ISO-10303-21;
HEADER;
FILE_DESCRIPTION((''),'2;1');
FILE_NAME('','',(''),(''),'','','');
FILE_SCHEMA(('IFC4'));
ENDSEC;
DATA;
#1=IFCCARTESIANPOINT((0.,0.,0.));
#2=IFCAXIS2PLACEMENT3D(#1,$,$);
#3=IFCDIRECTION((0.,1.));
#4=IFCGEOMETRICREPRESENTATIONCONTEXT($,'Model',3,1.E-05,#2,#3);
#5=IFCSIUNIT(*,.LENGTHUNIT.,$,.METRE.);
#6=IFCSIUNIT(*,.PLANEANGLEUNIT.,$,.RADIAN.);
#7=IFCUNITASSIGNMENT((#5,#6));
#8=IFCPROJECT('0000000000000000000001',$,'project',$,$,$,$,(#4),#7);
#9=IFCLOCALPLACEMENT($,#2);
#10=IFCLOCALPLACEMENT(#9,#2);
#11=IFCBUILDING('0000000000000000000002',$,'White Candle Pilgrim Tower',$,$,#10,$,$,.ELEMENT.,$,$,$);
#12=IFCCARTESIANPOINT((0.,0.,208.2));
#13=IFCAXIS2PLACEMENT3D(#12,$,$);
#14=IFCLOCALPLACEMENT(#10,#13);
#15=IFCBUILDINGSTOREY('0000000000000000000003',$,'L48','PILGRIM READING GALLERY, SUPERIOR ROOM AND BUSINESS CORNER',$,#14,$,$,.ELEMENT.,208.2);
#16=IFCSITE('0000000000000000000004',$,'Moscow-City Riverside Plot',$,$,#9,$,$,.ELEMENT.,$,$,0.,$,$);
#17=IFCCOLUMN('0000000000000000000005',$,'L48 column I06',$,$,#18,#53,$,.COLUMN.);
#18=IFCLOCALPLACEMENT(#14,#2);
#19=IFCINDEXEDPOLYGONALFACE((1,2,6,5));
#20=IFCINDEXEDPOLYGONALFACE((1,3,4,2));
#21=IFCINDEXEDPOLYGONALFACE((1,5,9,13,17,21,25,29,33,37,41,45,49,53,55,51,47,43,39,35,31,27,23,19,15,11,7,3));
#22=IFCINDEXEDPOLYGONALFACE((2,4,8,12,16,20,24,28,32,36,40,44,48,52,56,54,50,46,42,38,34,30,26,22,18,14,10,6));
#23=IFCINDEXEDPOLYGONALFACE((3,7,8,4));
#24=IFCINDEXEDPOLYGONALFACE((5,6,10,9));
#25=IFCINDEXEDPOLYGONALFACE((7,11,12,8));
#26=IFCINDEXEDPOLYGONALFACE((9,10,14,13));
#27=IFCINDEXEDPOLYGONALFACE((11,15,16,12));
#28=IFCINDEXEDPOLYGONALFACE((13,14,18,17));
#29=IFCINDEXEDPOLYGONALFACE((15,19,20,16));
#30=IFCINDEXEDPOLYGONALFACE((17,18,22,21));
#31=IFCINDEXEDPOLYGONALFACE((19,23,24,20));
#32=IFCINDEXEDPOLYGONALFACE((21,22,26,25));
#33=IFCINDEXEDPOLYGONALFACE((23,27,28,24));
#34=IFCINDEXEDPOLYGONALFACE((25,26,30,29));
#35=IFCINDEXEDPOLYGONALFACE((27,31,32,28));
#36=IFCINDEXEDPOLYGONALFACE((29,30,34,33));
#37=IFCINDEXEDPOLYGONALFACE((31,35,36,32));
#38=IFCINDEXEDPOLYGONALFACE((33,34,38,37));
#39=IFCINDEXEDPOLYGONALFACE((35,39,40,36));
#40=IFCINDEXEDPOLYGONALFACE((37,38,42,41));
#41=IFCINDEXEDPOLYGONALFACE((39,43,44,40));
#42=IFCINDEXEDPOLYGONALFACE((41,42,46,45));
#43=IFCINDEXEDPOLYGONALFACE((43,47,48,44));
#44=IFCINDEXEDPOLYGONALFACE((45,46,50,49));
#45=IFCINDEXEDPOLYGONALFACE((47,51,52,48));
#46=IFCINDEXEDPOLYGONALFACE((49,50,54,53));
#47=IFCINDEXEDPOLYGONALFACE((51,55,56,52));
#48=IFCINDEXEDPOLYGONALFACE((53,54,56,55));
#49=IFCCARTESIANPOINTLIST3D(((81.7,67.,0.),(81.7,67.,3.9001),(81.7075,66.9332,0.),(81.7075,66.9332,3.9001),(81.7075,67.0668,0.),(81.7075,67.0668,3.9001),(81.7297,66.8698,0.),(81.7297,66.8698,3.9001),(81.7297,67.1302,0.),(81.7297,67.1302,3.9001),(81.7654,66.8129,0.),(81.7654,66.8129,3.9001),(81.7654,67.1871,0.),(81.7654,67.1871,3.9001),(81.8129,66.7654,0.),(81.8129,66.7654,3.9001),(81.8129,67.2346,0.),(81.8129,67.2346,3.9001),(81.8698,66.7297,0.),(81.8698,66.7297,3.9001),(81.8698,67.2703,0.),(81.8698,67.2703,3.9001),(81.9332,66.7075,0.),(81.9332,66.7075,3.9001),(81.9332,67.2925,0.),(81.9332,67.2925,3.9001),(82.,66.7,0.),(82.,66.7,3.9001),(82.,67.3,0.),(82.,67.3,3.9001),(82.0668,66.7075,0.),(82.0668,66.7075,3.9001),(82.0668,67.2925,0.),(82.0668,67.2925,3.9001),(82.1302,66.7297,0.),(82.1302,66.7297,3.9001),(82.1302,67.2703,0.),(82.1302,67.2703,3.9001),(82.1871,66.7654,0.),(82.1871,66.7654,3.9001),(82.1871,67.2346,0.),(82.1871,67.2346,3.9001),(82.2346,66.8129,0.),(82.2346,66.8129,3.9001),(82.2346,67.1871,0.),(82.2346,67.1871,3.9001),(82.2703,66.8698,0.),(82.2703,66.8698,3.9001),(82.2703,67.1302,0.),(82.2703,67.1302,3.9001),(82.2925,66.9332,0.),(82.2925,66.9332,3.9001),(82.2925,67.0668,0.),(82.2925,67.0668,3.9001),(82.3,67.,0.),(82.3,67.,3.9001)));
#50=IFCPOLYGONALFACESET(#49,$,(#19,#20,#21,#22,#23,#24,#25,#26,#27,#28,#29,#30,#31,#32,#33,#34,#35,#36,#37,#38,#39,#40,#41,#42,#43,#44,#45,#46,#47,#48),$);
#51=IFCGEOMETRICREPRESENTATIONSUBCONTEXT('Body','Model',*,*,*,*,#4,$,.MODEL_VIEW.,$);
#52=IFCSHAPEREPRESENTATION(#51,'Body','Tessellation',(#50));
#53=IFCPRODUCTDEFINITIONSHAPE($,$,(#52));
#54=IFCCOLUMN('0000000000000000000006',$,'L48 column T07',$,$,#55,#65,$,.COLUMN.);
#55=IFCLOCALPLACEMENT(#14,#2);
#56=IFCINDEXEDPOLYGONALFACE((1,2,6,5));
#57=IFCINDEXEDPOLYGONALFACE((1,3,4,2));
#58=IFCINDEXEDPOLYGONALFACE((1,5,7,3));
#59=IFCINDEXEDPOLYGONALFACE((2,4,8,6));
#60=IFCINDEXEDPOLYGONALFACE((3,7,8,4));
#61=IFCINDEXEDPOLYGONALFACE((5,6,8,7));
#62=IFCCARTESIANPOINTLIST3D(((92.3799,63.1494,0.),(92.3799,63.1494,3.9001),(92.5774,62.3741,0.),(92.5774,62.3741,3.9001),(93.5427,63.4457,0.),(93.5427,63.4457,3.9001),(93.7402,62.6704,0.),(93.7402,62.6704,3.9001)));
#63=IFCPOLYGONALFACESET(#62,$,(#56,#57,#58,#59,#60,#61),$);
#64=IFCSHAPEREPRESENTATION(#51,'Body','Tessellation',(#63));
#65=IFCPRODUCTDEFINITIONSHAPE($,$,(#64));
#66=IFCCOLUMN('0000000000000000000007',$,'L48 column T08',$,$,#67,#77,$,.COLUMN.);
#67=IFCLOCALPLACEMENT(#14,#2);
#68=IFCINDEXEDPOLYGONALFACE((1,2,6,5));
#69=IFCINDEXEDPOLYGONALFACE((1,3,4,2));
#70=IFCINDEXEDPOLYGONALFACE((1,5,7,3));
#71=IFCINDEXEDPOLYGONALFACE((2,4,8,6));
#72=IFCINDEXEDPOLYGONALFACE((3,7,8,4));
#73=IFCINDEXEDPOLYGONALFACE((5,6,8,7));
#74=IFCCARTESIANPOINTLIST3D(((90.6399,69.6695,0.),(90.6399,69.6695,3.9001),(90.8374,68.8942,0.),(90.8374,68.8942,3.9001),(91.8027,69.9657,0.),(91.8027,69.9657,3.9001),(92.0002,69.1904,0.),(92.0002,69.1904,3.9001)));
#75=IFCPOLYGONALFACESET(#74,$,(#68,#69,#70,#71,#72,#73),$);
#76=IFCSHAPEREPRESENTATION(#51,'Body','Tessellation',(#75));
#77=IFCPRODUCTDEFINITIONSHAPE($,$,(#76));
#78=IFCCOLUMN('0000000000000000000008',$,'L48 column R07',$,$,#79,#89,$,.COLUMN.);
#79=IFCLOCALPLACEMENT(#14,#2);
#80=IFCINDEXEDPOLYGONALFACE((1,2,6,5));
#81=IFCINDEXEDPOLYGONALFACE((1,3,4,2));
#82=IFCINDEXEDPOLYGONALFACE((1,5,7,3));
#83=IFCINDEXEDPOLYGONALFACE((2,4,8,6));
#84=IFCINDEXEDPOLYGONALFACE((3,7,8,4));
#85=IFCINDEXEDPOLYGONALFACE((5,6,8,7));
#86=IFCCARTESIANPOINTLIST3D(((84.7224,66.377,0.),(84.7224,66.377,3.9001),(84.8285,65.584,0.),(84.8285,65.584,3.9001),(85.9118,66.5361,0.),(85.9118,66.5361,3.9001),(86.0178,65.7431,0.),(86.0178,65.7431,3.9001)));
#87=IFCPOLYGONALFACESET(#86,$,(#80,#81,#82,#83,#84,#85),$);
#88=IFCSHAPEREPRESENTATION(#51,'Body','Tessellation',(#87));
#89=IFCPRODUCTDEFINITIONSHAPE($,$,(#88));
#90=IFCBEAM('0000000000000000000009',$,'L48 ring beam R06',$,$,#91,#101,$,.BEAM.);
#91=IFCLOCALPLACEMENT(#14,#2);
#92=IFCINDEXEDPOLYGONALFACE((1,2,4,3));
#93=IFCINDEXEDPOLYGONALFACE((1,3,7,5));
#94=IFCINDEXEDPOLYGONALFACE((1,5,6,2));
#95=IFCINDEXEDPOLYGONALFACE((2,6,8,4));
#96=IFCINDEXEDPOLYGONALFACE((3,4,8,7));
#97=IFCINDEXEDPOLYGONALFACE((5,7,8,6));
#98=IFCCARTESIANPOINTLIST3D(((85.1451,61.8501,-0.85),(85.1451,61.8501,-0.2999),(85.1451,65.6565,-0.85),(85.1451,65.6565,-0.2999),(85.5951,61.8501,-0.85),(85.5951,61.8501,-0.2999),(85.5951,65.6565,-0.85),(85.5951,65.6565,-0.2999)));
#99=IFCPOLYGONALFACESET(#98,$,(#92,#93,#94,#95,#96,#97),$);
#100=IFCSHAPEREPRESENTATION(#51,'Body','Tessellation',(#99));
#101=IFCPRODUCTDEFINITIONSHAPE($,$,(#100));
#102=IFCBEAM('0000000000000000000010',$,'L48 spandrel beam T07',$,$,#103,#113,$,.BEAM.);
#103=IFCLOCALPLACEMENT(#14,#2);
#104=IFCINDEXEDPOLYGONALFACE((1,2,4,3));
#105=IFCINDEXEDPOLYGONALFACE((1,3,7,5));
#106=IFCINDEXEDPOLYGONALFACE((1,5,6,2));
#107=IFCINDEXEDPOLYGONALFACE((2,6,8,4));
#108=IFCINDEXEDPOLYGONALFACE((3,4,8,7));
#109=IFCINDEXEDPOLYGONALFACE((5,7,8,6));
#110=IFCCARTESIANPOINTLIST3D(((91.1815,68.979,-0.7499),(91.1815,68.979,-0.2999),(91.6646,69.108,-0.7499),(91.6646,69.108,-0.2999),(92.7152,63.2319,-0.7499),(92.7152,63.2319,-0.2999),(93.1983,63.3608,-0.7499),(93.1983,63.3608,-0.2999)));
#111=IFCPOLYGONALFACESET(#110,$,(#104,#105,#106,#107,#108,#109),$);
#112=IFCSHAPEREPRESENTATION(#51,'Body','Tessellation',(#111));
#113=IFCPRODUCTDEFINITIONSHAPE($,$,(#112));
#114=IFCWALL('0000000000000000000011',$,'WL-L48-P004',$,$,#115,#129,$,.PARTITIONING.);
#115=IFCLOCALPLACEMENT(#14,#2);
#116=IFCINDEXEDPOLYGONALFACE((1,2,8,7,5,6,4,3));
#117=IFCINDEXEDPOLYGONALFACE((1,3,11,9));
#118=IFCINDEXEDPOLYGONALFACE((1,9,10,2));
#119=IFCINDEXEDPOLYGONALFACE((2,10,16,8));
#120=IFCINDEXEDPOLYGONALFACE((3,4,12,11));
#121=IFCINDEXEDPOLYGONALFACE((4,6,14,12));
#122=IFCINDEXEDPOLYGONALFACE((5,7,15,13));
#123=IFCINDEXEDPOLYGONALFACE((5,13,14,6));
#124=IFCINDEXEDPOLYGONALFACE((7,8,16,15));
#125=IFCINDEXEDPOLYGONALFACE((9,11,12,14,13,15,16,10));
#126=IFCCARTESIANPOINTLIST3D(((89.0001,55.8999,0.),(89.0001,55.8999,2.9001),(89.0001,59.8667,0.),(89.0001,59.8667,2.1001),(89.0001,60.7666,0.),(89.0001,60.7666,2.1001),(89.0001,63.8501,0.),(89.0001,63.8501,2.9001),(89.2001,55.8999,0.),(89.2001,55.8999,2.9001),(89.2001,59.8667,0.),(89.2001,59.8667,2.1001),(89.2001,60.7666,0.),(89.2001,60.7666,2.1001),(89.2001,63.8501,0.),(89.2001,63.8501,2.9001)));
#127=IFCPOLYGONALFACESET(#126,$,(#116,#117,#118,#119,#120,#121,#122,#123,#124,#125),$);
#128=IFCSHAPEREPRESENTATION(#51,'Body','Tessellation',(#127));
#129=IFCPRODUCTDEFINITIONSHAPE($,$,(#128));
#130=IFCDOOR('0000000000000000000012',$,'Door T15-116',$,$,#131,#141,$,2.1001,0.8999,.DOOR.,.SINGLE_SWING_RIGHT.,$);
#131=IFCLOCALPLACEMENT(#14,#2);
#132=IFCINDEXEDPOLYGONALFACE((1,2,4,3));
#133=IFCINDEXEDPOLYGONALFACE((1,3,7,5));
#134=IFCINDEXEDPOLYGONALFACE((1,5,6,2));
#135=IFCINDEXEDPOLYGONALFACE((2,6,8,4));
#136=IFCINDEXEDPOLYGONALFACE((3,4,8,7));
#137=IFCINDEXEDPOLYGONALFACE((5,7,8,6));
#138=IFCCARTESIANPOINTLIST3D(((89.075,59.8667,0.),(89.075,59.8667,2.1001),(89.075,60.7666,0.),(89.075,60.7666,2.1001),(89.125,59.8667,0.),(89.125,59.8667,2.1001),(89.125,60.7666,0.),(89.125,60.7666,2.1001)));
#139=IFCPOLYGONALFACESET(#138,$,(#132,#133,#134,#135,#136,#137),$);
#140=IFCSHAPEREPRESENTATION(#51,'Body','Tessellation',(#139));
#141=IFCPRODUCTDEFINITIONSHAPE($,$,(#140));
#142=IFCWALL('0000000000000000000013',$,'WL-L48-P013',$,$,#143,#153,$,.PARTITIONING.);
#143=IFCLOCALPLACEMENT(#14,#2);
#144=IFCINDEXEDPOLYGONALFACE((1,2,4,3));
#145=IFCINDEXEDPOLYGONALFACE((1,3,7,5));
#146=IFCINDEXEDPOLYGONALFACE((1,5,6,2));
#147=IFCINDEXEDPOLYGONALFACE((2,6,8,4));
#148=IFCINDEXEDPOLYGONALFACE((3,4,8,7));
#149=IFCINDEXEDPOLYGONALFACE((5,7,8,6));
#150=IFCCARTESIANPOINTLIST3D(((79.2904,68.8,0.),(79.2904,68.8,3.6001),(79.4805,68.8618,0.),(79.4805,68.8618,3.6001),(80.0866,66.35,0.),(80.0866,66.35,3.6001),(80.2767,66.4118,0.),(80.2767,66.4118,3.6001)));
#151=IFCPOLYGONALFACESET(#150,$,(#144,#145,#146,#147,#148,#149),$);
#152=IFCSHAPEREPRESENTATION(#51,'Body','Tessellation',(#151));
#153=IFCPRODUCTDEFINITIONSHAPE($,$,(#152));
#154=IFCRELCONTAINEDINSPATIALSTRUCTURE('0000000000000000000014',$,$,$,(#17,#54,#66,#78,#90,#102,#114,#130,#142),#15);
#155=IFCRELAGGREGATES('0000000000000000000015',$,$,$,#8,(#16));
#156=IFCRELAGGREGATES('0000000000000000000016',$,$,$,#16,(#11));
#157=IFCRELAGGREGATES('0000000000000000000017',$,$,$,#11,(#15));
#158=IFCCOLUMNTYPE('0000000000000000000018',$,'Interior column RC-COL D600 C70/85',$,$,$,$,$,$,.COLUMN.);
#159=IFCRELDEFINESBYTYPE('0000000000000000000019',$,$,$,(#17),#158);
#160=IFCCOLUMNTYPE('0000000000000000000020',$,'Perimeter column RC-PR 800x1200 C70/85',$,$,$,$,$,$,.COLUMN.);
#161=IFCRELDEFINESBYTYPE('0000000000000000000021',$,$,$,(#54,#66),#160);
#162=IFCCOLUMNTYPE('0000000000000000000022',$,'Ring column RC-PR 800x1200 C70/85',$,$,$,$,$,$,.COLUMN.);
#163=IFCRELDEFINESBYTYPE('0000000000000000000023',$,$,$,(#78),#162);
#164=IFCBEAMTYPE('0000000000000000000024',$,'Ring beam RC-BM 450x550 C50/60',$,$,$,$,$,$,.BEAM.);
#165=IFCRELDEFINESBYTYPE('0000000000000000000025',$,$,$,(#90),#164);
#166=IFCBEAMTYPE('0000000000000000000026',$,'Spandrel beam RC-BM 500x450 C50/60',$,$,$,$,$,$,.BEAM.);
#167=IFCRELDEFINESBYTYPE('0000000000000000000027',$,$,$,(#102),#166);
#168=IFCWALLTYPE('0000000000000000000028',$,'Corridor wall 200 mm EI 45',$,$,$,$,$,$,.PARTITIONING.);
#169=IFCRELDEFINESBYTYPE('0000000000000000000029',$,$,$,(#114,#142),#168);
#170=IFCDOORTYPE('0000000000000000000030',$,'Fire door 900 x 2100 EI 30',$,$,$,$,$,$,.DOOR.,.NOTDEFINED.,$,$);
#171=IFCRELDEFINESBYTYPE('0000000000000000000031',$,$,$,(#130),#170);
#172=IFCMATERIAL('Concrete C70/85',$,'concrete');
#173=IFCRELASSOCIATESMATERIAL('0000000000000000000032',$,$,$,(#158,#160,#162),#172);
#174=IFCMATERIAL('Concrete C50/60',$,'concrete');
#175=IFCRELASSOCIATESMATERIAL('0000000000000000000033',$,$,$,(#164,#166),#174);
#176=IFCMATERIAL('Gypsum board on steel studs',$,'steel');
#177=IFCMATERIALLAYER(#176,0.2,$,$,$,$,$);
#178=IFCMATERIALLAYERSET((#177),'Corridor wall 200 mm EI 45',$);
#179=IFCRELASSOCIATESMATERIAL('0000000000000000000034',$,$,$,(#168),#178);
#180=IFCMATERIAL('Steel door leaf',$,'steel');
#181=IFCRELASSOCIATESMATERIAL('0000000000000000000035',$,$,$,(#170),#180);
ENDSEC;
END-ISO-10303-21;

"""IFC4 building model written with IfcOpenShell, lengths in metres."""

from ifc_helpers import new_model, si_unit, direction, frame, frame_2d, origin, origin_2d, place, context, subcontext, project, spatial, rectangle, circle, extrude, material, layer, layer_set, material_profile, profile_set, type_object, element, fill, save


model = new_model("IFC4")

# Units and contexts
model_context = context("Model", 3, precision=1e-05, world=origin(), true_north=direction((0.0, 1.0)))
body_context = subcontext(model_context, "Body", "Model", "MODEL_VIEW")
ifc_project = project(units=[si_unit("LENGTHUNIT", "METRE"), si_unit("PLANEANGLEUNIT", "RADIAN")], contexts=[model_context])

# Site, building, storey
site_placement = place(None, origin())
site = spatial("IfcSite", under=ifc_project, at=site_placement, Name="Moscow-City Riverside Plot", CompositionType="ELEMENT", RefElevation=0.0)
building_placement = place(site_placement, origin())
building = spatial("IfcBuilding", under=site, at=building_placement, Name="White Candle Pilgrim Tower", CompositionType="ELEMENT")
storey_placement = place(building_placement, frame((0.0, 0.0, 208.2)))
storey = spatial("IfcBuildingStorey", under=building, at=storey_placement, Name="L48", Description="PILGRIM READING GALLERY, SUPERIOR ROOM AND BUSINESS CORNER", CompositionType="ELEMENT", Elevation=208.2)

# Columns
ifc_material_1 = material(Name="Concrete C70/85", Category="concrete")
ifc_material_profile_1 = material_profile(ifc_material_1, circle(Radius=0.3, at=origin_2d()), Name="RC-COL D600")
ifc_profile_set_1 = profile_set([ifc_material_profile_1], Name="Concrete C70/85")
column_type_1 = type_object("IfcColumnType", Name="Interior column RC-COL D600 C70/85", PredefinedType="COLUMN", material=ifc_profile_set_1)
column_1_placement = place(storey_placement, frame((82.0, 67.0, 0.0), z_axis=(0.0, 0.0, 1.0), x_axis=(1.0, 0.0, 0.0)))
element("IfcColumn", 1, at=column_1_placement, inside=storey, type_object=column_type_1, Name="L48 column I06", PredefinedType="COLUMN", context=body_context, shape_type="SweptSolid", body=[
    extrude(circle(Radius=0.3, at=origin_2d()), origin(), (0.0, 0.0, 1.0), 3.9001),
])
ifc_material_profile_2 = material_profile(ifc_material_1, rectangle(XDim=0.8, YDim=1.2, at=origin_2d()), Name="RC-PR 800x1200")
ifc_profile_set_2 = profile_set([ifc_material_profile_2], Name="Concrete C70/85")
column_type_2 = type_object("IfcColumnType", Name="Perimeter column RC-PR 800x1200 C70/85", PredefinedType="COLUMN", material=ifc_profile_set_2)
for number, where, z_axis, x_axis, name in (
    (2, (93.0601, 62.9099, 0.0), (0.0, 0.0, 1.0), (0.246881, -0.969046, 0.0), "L48 column T07"),
    (3, (91.3201, 69.4299, 0.0), (0.0, 0.0, 1.0), (0.246881, -0.969046, 0.0), "L48 column T08"),
):
    element("IfcColumn", number, at=place(storey_placement, frame(where, z_axis=z_axis, x_axis=x_axis)), inside=storey, type_object=column_type_2, Name=name, PredefinedType="COLUMN", context=body_context, shape_type="SweptSolid", body=[
        extrude(rectangle(XDim=0.8, YDim=1.2, at=origin_2d()), origin(), (0.0, 0.0, 1.0), 3.9001),
    ])
ifc_material_profile_3 = material_profile(ifc_material_1, rectangle(XDim=0.8, YDim=1.2, at=origin_2d()), Name="RC-PR 800x1200")
ifc_profile_set_3 = profile_set([ifc_material_profile_3], Name="Concrete C70/85")
column_type_3 = type_object("IfcColumnType", Name="Ring column RC-PR 800x1200 C70/85", PredefinedType="COLUMN", material=ifc_profile_set_3)
column_2_placement = place(storey_placement, frame((85.3701, 66.0601, 0.0), z_axis=(0.0, 0.0, 1.0), x_axis=(0.132602, -0.991169, 0.0)))
element("IfcColumn", 4, at=column_2_placement, inside=storey, type_object=column_type_3, Name="L48 column R07", PredefinedType="COLUMN", context=body_context, shape_type="SweptSolid", body=[
    extrude(rectangle(XDim=0.8, YDim=1.2, at=origin_2d()), origin(), (0.0, 0.0, 1.0), 3.9001),
])

# Beams
ifc_material_2 = material(Name="Concrete C50/60", Category="concrete")
ifc_material_profile_4 = material_profile(ifc_material_2, rectangle(XDim=0.45, YDim=0.55, at=origin_2d()), Name="RC-BM 450x550")
ifc_profile_set_4 = profile_set([ifc_material_profile_4], Name="Concrete C50/60")
beam_type_1 = type_object("IfcBeamType", Name="Ring beam RC-BM 450x550 C50/60", PredefinedType="BEAM", material=ifc_profile_set_4)
beam_1_placement = place(storey_placement, frame((85.3701, 65.6565, -0.575), z_axis=(0.0, -1.0, 0.0), x_axis=(1.0, 0.0, 0.0)))
element("IfcBeam", 5, at=beam_1_placement, inside=storey, type_object=beam_type_1, Name="L48 ring beam R06", PredefinedType="BEAM", context=body_context, shape_type="SweptSolid", body=[
    extrude(rectangle(XDim=0.45, YDim=0.55, at=origin_2d()), origin(), (0.0, 0.0, 1.0), 3.8064),
])
ifc_material_profile_5 = material_profile(ifc_material_2, rectangle(XDim=0.5, YDim=0.45, at=origin_2d()), Name="RC-BM 500x450")
ifc_profile_set_5 = profile_set([ifc_material_profile_5], Name="Concrete C50/60")
beam_type_2 = type_object("IfcBeamType", Name="Spandrel beam RC-BM 500x450 C50/60", PredefinedType="BEAM", material=ifc_profile_set_5)
beam_2_placement = place(storey_placement, frame((92.9568, 63.2964, -0.5249), z_axis=(-0.257841, 0.966187, 0.0), x_axis=(-0.966187, -0.257841, 0.0)))
element("IfcBeam", 6, at=beam_2_placement, inside=storey, type_object=beam_type_2, Name="L48 spandrel beam T07", PredefinedType="BEAM", context=body_context, shape_type="SweptSolid", body=[
    extrude(rectangle(XDim=0.5, YDim=0.45, at=origin_2d()), origin(), (0.0, 0.0, 1.0), 5.9482),
])

# Wall, opening, door
ifc_material_3 = material(Name="Gypsum board on steel studs", Category="steel")
ifc_layer_1 = layer(ifc_material_3, 0.2)
ifc_layer_set_1 = layer_set([ifc_layer_1], Name="Corridor wall 200 mm EI 45")
wall_type_1 = type_object("IfcWallType", Name="Corridor wall 200 mm EI 45", PredefinedType="PARTITIONING", material=ifc_layer_set_1)
wall_1_placement = place(storey_placement, frame((89.1001, 63.8501, 0.0), z_axis=(0.0, 0.0, 1.0), x_axis=(0.0, -1.0, 0.0)))
wall_1 = element("IfcWall", 7, at=wall_1_placement, inside=storey, type_object=wall_type_1, Name="WL-L48-P004", PredefinedType="PARTITIONING", context=body_context, shape_type="SweptSolid", body=[
    extrude(rectangle(XDim=7.9502, YDim=0.2, at=frame_2d((3.9751, 0.0))), origin(), (0.0, 0.0, 1.0), 2.9001),
])
opening_1_placement = place(wall_1_placement, frame((3.0835, 0.0, 0.0)))
opening_1 = element("IfcOpeningElement", 8, at=opening_1_placement, cuts=wall_1, PredefinedType="OPENING", context=body_context, shape_type="SweptSolid", body=[
    extrude(rectangle(XDim=0.8999, YDim=2.1001, at=frame_2d((0.45, 1.05))), frame((0.0, 0.1099, 0.0), z_axis=(0.0, -1.0, 0.0), x_axis=(1.0, 0.0, 0.0)), (0.0, 0.0, 1.0), 0.22),
])
ifc_material_4 = material(Name="Steel door leaf", Category="steel")
door_type_1 = type_object("IfcDoorType", Name="Fire door 900 x 2100 EI 30", OperationType="NOTDEFINED", PredefinedType="DOOR", material=ifc_material_4)
door_1_placement = place(opening_1_placement, origin())
door_1 = element("IfcDoor", 9, at=door_1_placement, inside=storey, type_object=door_type_1, Name="Door T15-116", OperationType="SINGLE_SWING_RIGHT", OverallHeight=2.1001, OverallWidth=0.8999, PredefinedType="DOOR", context=body_context, shape_type="SweptSolid", body=[
    extrude(rectangle(XDim=0.8999, YDim=2.1001, at=frame_2d((0.45, 1.05))), frame((0.0, 0.0249, 0.0), z_axis=(0.0, -1.0, 0.0), x_axis=(1.0, 0.0, 0.0)), (0.0, 0.0, 1.0), 0.05),
])
fill(opening_1, door_1)

# Wall
wall_2_placement = place(storey_placement, frame((80.1816, 66.3809, 0.0), z_axis=(0.0, 0.0, 1.0), x_axis=(-0.309054, 0.951045, 0.0)))
element("IfcWall", 10, at=wall_2_placement, inside=storey, type_object=wall_type_1, Name="WL-L48-P013", PredefinedType="PARTITIONING", context=body_context, shape_type="SweptSolid", body=[
    extrude(rectangle(XDim=2.5762, YDim=0.2, at=frame_2d((1.2881, 0.0))), origin(), (0.0, 0.0, 1.0), 3.6001),
])

save(model, "model.ifc")
